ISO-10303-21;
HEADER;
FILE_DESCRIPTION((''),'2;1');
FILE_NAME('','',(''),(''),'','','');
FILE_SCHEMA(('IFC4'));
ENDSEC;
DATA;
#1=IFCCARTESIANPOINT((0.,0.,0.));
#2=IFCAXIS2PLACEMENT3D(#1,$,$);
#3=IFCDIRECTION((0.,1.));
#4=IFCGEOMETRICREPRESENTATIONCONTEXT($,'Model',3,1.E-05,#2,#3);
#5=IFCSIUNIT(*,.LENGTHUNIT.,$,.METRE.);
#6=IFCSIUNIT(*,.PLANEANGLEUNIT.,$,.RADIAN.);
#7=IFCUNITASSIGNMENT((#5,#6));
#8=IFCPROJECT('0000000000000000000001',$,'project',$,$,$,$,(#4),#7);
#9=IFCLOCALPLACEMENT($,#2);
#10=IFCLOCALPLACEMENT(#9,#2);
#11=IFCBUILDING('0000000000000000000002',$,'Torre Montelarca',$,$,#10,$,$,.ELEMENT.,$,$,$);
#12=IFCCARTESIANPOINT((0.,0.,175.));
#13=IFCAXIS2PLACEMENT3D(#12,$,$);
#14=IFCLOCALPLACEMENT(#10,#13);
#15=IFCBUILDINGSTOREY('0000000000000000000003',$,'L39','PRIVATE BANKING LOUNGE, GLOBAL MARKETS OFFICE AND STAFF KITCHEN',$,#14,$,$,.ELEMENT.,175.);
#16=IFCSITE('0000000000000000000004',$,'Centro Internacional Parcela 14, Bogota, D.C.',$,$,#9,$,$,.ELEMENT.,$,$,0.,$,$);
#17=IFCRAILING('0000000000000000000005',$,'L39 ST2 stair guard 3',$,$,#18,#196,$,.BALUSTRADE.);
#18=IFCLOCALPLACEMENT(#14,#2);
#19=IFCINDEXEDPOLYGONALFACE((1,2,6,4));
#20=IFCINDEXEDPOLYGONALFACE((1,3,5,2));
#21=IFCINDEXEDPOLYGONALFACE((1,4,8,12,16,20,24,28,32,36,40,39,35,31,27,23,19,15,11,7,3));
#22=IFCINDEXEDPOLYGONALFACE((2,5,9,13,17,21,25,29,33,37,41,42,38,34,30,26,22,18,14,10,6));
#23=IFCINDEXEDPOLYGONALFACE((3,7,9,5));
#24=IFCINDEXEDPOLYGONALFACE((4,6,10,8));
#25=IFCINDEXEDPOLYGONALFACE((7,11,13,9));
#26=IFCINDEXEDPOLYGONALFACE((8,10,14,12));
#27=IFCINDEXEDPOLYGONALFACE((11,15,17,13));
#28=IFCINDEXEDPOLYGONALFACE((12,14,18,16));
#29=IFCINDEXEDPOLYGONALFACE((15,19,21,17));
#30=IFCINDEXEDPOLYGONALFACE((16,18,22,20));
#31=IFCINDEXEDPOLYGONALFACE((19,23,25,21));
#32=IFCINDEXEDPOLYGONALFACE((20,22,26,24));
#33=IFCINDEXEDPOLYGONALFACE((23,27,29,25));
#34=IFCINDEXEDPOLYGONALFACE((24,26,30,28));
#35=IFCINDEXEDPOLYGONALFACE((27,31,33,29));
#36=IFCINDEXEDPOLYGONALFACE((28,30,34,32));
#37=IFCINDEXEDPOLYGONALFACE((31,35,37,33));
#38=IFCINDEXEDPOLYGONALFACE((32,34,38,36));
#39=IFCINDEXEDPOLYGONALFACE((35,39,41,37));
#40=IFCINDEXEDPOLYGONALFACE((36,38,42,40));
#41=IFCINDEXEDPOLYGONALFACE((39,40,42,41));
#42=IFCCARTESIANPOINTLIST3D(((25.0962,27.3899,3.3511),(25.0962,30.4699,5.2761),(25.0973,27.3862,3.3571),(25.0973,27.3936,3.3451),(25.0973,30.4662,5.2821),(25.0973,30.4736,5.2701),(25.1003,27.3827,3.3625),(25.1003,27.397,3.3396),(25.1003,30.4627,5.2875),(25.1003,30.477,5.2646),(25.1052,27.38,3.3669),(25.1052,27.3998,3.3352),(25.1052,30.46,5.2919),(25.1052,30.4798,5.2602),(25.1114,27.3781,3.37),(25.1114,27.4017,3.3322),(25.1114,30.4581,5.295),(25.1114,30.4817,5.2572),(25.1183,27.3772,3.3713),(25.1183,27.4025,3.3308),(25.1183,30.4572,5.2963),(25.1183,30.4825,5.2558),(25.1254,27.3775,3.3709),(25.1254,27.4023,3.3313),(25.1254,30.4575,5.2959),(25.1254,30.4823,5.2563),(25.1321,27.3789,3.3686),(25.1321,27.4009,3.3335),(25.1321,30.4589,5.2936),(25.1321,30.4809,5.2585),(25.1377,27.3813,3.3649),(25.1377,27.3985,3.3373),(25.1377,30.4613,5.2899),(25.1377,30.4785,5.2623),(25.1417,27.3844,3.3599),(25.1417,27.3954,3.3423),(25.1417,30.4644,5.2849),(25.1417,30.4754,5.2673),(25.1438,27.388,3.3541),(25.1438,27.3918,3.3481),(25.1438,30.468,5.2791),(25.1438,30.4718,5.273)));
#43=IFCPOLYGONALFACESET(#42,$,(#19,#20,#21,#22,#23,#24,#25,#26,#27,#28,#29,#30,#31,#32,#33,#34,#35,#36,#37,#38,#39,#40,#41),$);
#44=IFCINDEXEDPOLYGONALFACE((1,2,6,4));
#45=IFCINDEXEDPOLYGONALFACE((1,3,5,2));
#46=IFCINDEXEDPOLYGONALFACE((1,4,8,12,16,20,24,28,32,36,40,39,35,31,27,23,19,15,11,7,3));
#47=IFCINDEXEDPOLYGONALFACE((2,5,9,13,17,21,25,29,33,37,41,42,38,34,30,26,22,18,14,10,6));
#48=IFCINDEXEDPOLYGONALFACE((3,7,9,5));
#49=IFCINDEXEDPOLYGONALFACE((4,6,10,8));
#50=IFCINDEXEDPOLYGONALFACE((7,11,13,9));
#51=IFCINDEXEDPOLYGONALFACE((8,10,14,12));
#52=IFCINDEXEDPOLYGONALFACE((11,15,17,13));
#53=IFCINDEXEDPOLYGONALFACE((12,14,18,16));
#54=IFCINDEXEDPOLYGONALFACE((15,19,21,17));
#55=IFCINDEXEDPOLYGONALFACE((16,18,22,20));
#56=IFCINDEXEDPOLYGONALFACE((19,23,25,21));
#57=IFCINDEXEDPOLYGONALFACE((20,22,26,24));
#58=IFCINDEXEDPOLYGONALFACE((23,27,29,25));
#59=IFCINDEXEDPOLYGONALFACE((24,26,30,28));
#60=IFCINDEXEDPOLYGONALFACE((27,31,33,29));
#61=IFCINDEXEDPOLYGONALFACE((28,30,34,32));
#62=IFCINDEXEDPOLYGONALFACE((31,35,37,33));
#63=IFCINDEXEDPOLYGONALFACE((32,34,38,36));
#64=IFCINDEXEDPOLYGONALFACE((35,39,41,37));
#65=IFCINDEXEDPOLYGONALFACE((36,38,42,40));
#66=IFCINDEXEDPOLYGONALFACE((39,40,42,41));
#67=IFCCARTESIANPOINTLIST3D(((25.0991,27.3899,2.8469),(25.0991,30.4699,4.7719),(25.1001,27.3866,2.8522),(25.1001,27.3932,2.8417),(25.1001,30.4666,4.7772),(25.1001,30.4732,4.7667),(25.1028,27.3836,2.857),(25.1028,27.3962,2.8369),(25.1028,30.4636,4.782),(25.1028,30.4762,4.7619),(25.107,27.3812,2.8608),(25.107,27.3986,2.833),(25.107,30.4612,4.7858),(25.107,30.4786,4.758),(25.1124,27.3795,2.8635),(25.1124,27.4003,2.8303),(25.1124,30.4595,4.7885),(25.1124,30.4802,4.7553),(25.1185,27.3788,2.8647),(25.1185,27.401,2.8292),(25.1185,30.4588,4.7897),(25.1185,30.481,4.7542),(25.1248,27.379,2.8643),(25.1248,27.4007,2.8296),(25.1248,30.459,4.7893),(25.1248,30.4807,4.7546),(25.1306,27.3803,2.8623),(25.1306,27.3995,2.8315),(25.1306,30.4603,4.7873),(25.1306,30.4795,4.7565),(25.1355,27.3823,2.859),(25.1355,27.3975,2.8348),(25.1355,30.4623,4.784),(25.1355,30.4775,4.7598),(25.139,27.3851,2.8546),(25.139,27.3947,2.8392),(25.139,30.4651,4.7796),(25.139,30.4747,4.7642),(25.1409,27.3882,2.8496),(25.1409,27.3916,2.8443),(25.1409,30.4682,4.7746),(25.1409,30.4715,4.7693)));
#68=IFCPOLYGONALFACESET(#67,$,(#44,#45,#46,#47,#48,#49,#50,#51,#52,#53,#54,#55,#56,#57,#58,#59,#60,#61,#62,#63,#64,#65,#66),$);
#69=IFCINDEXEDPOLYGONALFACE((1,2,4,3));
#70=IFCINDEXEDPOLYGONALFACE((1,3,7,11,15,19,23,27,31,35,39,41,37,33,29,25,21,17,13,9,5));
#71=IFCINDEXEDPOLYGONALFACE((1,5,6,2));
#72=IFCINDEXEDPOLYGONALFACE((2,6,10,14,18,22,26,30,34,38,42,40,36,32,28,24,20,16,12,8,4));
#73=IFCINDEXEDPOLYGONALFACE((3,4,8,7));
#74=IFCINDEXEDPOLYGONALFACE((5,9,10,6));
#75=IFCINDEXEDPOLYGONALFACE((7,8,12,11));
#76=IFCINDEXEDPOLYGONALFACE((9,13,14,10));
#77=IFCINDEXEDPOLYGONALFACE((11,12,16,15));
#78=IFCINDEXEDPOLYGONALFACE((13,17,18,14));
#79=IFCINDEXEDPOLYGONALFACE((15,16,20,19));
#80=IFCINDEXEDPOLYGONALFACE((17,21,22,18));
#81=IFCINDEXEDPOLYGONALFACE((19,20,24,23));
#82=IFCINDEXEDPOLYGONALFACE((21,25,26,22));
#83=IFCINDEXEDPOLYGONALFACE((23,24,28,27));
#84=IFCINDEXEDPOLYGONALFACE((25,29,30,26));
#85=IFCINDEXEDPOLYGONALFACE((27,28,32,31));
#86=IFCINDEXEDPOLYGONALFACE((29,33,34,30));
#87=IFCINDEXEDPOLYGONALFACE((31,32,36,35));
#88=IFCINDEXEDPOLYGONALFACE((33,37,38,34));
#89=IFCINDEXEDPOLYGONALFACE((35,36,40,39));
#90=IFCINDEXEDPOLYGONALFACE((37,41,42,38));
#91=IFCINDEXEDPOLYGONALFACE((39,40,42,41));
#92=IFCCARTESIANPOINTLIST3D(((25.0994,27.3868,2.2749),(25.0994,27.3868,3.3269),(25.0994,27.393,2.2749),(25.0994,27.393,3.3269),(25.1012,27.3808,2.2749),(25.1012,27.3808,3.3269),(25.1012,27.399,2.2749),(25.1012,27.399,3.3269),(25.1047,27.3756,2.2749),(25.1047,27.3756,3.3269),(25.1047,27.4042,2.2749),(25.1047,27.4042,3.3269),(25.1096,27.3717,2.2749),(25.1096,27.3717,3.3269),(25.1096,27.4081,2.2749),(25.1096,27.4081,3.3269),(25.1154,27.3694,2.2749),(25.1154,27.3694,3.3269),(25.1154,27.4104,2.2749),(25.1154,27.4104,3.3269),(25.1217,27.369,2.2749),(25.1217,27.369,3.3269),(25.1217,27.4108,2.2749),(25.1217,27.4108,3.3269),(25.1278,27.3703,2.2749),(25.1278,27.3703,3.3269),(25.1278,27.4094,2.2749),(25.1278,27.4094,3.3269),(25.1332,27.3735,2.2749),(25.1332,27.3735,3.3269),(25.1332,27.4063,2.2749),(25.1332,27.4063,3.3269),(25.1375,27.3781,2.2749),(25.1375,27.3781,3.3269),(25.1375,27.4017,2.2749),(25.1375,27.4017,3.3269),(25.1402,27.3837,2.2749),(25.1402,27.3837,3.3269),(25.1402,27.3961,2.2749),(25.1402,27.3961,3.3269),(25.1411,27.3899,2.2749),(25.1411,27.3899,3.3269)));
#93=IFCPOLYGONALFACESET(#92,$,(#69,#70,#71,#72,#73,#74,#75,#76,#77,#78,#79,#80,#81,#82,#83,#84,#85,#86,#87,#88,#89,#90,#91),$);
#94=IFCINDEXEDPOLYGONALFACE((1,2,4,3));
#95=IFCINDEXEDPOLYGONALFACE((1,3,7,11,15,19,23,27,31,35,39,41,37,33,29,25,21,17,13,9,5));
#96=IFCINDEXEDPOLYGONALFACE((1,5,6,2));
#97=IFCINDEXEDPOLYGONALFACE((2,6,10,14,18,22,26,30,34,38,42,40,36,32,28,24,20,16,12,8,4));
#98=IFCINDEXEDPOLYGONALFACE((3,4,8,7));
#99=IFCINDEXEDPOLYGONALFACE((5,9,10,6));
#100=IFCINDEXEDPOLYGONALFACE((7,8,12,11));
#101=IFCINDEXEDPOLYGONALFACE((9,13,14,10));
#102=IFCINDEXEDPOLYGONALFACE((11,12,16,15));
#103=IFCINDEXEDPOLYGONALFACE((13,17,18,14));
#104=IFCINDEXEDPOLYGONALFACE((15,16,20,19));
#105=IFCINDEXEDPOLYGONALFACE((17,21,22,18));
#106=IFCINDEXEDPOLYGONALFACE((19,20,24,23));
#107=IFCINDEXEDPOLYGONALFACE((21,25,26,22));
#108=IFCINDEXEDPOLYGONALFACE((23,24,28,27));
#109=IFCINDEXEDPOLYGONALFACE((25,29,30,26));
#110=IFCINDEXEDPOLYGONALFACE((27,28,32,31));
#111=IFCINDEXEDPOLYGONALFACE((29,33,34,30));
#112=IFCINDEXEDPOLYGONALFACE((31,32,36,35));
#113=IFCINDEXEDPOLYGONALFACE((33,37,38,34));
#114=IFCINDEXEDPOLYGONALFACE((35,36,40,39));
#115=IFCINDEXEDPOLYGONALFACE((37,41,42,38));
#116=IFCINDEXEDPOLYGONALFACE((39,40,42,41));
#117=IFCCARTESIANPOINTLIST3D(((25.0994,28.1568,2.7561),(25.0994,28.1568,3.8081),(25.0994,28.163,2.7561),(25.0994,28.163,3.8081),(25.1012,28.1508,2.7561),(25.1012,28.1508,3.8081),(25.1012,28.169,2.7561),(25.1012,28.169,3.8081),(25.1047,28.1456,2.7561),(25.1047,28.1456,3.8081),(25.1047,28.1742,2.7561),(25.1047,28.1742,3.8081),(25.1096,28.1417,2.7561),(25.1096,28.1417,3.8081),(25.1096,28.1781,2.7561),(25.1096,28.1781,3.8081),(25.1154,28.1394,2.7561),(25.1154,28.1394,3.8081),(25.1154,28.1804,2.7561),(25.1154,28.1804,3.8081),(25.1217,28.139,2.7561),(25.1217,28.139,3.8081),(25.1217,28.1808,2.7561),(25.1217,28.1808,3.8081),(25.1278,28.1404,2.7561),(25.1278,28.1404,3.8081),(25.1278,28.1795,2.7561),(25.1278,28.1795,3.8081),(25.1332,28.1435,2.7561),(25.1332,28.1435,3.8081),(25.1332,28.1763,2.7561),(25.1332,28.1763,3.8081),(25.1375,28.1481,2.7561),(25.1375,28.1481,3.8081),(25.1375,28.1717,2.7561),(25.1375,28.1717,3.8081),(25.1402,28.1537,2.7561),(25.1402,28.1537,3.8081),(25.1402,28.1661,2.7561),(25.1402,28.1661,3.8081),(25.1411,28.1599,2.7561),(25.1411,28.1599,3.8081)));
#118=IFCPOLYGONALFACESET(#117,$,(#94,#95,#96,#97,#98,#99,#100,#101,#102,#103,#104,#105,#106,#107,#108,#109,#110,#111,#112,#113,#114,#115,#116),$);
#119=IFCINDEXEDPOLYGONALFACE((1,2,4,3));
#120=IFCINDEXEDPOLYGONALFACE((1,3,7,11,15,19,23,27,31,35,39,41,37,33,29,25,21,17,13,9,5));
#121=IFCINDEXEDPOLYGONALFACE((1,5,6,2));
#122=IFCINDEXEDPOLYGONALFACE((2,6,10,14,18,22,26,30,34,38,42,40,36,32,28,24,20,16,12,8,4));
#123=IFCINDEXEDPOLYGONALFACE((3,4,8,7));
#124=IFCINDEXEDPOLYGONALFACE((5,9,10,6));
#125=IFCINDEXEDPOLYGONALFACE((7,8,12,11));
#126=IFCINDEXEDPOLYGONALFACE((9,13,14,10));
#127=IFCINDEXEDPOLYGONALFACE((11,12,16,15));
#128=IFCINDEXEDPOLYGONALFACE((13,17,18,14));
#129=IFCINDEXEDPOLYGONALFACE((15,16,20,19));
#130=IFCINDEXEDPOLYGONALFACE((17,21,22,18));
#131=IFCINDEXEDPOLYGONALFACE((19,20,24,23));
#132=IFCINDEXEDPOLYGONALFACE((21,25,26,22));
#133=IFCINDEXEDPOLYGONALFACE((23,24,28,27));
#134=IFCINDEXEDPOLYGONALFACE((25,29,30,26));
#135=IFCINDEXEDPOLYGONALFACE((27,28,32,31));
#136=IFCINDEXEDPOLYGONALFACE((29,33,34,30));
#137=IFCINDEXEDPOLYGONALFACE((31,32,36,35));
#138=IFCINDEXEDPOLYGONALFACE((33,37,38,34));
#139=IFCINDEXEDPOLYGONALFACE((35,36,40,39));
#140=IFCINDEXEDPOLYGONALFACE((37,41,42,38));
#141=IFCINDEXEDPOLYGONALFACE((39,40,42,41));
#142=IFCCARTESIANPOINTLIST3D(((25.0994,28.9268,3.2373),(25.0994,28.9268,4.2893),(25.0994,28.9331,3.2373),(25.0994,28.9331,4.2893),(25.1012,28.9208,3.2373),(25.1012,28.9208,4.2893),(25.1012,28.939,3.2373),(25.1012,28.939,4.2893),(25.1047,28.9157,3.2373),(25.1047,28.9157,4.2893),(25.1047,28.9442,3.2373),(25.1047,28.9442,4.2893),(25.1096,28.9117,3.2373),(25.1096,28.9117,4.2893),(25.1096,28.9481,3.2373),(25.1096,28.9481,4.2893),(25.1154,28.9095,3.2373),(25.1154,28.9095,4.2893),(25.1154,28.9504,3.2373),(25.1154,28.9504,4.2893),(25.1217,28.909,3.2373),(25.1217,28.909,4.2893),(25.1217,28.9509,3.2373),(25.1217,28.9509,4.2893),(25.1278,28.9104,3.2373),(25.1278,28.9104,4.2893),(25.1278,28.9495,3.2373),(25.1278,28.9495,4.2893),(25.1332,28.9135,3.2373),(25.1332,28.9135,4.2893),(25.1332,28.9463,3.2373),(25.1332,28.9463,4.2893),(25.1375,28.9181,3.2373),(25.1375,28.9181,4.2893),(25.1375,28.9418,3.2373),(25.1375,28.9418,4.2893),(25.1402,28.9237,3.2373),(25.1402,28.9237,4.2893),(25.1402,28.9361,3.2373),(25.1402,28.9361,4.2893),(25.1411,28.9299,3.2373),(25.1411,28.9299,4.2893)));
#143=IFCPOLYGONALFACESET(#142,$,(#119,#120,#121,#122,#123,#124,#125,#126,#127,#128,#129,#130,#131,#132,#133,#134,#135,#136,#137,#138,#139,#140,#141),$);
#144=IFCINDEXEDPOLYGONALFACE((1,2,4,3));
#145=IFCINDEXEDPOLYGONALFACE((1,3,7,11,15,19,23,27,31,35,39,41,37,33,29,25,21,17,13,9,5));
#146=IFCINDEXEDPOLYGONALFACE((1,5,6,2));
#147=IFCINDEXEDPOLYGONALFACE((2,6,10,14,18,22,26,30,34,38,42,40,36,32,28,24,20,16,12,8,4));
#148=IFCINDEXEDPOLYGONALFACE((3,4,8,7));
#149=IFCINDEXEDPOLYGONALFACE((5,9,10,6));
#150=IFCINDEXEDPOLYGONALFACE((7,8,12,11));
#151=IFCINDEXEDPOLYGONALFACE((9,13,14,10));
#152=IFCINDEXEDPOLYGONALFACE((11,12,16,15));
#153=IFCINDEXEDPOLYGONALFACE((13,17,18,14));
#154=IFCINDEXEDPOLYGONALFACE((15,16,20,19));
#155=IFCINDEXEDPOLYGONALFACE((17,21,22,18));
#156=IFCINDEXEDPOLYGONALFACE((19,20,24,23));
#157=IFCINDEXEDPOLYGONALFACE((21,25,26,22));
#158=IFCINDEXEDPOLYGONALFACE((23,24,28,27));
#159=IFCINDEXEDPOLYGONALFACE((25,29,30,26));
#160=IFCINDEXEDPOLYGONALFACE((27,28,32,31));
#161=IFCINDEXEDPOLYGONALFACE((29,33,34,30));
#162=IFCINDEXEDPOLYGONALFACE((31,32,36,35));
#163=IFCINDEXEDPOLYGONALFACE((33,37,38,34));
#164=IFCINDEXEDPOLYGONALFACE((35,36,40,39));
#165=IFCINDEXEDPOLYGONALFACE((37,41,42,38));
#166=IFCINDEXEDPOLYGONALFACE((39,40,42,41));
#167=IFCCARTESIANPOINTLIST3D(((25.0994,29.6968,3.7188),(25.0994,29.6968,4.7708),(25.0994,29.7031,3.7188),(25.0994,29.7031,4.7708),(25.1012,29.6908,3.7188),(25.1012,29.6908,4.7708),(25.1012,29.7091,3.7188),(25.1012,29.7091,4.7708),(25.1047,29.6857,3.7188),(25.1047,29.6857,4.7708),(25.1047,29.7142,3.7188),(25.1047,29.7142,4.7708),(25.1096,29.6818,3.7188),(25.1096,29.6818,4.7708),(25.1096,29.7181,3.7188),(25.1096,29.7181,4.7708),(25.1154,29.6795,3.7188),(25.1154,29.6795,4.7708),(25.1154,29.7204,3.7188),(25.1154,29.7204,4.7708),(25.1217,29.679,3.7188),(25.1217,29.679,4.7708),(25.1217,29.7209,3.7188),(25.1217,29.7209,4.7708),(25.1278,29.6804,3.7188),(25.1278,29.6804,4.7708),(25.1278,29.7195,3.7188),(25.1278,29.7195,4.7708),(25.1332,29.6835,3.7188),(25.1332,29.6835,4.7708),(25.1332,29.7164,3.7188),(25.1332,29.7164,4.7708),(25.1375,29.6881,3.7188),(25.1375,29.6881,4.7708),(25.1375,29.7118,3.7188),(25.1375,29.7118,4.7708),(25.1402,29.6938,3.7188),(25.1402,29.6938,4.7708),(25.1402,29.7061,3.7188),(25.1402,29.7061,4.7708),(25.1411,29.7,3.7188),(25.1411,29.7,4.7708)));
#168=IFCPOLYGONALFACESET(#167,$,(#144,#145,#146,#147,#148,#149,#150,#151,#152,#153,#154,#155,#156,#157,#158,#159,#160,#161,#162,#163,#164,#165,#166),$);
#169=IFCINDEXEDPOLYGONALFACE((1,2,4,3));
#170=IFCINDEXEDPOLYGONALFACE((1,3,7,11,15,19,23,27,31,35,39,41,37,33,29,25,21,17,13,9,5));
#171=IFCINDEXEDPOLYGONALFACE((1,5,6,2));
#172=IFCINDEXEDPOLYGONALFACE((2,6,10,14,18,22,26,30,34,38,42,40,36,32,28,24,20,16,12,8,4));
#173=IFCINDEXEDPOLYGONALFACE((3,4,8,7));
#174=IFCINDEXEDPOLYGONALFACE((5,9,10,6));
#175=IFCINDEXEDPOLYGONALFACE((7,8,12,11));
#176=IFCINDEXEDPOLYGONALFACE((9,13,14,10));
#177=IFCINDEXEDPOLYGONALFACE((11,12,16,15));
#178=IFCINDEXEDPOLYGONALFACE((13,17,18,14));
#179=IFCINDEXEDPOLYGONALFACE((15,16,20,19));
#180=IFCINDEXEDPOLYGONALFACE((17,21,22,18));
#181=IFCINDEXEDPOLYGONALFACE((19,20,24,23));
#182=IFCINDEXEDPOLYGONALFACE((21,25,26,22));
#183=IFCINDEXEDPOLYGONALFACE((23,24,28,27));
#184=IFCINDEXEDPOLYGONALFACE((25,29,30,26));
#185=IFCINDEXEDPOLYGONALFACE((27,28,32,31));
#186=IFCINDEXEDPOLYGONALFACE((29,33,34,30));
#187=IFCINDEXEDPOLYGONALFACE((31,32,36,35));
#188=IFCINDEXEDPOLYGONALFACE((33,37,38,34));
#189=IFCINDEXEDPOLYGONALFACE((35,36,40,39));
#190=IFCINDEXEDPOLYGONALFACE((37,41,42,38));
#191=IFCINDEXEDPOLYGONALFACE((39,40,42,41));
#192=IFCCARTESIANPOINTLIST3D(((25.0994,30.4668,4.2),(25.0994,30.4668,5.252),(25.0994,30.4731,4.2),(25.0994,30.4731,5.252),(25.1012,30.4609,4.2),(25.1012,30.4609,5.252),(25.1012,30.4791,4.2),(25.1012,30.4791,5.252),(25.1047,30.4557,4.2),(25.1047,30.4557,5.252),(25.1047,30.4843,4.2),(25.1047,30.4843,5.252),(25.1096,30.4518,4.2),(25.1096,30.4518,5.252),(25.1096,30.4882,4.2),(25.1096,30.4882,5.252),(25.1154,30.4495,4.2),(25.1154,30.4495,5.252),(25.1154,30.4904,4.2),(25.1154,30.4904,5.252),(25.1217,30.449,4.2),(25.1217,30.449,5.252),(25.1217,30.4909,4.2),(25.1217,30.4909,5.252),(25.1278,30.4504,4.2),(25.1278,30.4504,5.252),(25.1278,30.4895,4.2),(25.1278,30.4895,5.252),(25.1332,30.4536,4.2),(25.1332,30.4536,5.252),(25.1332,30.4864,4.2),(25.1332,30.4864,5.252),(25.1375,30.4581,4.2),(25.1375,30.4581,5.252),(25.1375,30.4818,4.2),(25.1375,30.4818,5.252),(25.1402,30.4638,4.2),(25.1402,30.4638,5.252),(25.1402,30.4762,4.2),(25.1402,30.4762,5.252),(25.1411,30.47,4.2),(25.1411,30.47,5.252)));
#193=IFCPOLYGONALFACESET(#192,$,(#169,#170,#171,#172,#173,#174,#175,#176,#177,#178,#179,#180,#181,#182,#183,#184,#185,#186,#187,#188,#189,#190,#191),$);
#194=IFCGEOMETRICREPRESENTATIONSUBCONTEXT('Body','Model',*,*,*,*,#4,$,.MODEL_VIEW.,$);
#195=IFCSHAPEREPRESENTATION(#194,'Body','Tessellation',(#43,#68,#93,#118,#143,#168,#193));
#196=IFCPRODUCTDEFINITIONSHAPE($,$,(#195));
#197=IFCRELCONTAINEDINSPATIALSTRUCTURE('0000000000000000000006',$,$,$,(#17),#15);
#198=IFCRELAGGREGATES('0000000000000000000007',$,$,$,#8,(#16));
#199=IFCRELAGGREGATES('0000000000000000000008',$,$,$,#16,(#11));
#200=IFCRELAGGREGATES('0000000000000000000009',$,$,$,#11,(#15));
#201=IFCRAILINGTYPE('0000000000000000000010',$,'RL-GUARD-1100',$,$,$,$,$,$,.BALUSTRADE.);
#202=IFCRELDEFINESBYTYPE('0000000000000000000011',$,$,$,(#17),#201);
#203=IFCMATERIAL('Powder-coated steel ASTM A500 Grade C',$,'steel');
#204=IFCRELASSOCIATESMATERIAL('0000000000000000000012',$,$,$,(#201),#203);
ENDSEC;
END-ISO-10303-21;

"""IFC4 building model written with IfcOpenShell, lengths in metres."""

from ifc_helpers import new_model, si_unit, direction, frame, origin, origin_2d, place, context, subcontext, project, spatial, circle, extrude, material, type_object, element, save


model = new_model("IFC4")

# Units and contexts
model_context = context("Model", 3, precision=1e-05, world=origin(), true_north=direction((0.0, 1.0)))
body_context = subcontext(model_context, "Body", "Model", "MODEL_VIEW")
ifc_project = project(units=[si_unit("LENGTHUNIT", "METRE"), si_unit("PLANEANGLEUNIT", "RADIAN")], contexts=[model_context])

# Site, building, storey
site_placement = place(None, origin())
site = spatial("IfcSite", under=ifc_project, at=site_placement, Name="Centro Internacional Parcela 14, Bogota, D.C.", CompositionType="ELEMENT", RefElevation=0.0)
building_placement = place(site_placement, origin())
building = spatial("IfcBuilding", under=site, at=building_placement, Name="Torre Montelarca", CompositionType="ELEMENT")
storey_placement = place(building_placement, frame((0.0, 0.0, 175.0)))
storey = spatial("IfcBuildingStorey", under=building, at=storey_placement, Name="L39", Description="PRIVATE BANKING LOUNGE, GLOBAL MARKETS OFFICE AND STAFF KITCHEN", CompositionType="ELEMENT", Elevation=175.0)

# Railing
ifc_material_1 = material(Name="Powder-coated steel ASTM A500 Grade C", Category="steel")
railing_type_1 = type_object("IfcRailingType", Name="RL-GUARD-1100", PredefinedType="BALUSTRADE", material=ifc_material_1)
railing_1_placement = place(storey_placement, frame((25.1201, 27.3899, 2.2749)))
element("IfcRailing", 1, at=railing_1_placement, inside=storey, type_object=railing_type_1, Name="L39 ST2 stair guard 3", PredefinedType="BALUSTRADE", context=body_context, shape_type="SweptSolid", body=[
    extrude(circle(Radius=0.0239, at=origin_2d()), frame((0.0, 0.0, 1.0762), z_axis=(0.0, 0.847998, 0.529999), x_axis=(-1.0, 0.0, 0.0)), (0.0, 0.0, 1.0), 3.6321),
    extrude(circle(Radius=0.021, at=origin_2d()), frame((0.0, 0.0, 0.572), z_axis=(0.0, 0.847998, 0.529999), x_axis=(-1.0, 0.0, 0.0)), (0.0, 0.0, 1.0), 3.6321),
    extrude(circle(Radius=0.021, at=origin_2d()), origin(), (0.0, 0.0, 1.0), 1.052),
    extrude(circle(Radius=0.021, at=origin_2d()), frame((0.0, 0.77, 0.4812)), (0.0, 0.0, 1.0), 1.052),
    extrude(circle(Radius=0.021, at=origin_2d()), frame((0.0, 1.54, 0.9624)), (0.0, 0.0, 1.0), 1.052),
    extrude(circle(Radius=0.021, at=origin_2d()), frame((0.0, 2.3101, 1.4438)), (0.0, 0.0, 1.0), 1.052),
    extrude(circle(Radius=0.021, at=origin_2d()), frame((0.0, 3.0801, 1.925)), (0.0, 0.0, 1.0), 1.052),
])

save(model, "model.ifc")
